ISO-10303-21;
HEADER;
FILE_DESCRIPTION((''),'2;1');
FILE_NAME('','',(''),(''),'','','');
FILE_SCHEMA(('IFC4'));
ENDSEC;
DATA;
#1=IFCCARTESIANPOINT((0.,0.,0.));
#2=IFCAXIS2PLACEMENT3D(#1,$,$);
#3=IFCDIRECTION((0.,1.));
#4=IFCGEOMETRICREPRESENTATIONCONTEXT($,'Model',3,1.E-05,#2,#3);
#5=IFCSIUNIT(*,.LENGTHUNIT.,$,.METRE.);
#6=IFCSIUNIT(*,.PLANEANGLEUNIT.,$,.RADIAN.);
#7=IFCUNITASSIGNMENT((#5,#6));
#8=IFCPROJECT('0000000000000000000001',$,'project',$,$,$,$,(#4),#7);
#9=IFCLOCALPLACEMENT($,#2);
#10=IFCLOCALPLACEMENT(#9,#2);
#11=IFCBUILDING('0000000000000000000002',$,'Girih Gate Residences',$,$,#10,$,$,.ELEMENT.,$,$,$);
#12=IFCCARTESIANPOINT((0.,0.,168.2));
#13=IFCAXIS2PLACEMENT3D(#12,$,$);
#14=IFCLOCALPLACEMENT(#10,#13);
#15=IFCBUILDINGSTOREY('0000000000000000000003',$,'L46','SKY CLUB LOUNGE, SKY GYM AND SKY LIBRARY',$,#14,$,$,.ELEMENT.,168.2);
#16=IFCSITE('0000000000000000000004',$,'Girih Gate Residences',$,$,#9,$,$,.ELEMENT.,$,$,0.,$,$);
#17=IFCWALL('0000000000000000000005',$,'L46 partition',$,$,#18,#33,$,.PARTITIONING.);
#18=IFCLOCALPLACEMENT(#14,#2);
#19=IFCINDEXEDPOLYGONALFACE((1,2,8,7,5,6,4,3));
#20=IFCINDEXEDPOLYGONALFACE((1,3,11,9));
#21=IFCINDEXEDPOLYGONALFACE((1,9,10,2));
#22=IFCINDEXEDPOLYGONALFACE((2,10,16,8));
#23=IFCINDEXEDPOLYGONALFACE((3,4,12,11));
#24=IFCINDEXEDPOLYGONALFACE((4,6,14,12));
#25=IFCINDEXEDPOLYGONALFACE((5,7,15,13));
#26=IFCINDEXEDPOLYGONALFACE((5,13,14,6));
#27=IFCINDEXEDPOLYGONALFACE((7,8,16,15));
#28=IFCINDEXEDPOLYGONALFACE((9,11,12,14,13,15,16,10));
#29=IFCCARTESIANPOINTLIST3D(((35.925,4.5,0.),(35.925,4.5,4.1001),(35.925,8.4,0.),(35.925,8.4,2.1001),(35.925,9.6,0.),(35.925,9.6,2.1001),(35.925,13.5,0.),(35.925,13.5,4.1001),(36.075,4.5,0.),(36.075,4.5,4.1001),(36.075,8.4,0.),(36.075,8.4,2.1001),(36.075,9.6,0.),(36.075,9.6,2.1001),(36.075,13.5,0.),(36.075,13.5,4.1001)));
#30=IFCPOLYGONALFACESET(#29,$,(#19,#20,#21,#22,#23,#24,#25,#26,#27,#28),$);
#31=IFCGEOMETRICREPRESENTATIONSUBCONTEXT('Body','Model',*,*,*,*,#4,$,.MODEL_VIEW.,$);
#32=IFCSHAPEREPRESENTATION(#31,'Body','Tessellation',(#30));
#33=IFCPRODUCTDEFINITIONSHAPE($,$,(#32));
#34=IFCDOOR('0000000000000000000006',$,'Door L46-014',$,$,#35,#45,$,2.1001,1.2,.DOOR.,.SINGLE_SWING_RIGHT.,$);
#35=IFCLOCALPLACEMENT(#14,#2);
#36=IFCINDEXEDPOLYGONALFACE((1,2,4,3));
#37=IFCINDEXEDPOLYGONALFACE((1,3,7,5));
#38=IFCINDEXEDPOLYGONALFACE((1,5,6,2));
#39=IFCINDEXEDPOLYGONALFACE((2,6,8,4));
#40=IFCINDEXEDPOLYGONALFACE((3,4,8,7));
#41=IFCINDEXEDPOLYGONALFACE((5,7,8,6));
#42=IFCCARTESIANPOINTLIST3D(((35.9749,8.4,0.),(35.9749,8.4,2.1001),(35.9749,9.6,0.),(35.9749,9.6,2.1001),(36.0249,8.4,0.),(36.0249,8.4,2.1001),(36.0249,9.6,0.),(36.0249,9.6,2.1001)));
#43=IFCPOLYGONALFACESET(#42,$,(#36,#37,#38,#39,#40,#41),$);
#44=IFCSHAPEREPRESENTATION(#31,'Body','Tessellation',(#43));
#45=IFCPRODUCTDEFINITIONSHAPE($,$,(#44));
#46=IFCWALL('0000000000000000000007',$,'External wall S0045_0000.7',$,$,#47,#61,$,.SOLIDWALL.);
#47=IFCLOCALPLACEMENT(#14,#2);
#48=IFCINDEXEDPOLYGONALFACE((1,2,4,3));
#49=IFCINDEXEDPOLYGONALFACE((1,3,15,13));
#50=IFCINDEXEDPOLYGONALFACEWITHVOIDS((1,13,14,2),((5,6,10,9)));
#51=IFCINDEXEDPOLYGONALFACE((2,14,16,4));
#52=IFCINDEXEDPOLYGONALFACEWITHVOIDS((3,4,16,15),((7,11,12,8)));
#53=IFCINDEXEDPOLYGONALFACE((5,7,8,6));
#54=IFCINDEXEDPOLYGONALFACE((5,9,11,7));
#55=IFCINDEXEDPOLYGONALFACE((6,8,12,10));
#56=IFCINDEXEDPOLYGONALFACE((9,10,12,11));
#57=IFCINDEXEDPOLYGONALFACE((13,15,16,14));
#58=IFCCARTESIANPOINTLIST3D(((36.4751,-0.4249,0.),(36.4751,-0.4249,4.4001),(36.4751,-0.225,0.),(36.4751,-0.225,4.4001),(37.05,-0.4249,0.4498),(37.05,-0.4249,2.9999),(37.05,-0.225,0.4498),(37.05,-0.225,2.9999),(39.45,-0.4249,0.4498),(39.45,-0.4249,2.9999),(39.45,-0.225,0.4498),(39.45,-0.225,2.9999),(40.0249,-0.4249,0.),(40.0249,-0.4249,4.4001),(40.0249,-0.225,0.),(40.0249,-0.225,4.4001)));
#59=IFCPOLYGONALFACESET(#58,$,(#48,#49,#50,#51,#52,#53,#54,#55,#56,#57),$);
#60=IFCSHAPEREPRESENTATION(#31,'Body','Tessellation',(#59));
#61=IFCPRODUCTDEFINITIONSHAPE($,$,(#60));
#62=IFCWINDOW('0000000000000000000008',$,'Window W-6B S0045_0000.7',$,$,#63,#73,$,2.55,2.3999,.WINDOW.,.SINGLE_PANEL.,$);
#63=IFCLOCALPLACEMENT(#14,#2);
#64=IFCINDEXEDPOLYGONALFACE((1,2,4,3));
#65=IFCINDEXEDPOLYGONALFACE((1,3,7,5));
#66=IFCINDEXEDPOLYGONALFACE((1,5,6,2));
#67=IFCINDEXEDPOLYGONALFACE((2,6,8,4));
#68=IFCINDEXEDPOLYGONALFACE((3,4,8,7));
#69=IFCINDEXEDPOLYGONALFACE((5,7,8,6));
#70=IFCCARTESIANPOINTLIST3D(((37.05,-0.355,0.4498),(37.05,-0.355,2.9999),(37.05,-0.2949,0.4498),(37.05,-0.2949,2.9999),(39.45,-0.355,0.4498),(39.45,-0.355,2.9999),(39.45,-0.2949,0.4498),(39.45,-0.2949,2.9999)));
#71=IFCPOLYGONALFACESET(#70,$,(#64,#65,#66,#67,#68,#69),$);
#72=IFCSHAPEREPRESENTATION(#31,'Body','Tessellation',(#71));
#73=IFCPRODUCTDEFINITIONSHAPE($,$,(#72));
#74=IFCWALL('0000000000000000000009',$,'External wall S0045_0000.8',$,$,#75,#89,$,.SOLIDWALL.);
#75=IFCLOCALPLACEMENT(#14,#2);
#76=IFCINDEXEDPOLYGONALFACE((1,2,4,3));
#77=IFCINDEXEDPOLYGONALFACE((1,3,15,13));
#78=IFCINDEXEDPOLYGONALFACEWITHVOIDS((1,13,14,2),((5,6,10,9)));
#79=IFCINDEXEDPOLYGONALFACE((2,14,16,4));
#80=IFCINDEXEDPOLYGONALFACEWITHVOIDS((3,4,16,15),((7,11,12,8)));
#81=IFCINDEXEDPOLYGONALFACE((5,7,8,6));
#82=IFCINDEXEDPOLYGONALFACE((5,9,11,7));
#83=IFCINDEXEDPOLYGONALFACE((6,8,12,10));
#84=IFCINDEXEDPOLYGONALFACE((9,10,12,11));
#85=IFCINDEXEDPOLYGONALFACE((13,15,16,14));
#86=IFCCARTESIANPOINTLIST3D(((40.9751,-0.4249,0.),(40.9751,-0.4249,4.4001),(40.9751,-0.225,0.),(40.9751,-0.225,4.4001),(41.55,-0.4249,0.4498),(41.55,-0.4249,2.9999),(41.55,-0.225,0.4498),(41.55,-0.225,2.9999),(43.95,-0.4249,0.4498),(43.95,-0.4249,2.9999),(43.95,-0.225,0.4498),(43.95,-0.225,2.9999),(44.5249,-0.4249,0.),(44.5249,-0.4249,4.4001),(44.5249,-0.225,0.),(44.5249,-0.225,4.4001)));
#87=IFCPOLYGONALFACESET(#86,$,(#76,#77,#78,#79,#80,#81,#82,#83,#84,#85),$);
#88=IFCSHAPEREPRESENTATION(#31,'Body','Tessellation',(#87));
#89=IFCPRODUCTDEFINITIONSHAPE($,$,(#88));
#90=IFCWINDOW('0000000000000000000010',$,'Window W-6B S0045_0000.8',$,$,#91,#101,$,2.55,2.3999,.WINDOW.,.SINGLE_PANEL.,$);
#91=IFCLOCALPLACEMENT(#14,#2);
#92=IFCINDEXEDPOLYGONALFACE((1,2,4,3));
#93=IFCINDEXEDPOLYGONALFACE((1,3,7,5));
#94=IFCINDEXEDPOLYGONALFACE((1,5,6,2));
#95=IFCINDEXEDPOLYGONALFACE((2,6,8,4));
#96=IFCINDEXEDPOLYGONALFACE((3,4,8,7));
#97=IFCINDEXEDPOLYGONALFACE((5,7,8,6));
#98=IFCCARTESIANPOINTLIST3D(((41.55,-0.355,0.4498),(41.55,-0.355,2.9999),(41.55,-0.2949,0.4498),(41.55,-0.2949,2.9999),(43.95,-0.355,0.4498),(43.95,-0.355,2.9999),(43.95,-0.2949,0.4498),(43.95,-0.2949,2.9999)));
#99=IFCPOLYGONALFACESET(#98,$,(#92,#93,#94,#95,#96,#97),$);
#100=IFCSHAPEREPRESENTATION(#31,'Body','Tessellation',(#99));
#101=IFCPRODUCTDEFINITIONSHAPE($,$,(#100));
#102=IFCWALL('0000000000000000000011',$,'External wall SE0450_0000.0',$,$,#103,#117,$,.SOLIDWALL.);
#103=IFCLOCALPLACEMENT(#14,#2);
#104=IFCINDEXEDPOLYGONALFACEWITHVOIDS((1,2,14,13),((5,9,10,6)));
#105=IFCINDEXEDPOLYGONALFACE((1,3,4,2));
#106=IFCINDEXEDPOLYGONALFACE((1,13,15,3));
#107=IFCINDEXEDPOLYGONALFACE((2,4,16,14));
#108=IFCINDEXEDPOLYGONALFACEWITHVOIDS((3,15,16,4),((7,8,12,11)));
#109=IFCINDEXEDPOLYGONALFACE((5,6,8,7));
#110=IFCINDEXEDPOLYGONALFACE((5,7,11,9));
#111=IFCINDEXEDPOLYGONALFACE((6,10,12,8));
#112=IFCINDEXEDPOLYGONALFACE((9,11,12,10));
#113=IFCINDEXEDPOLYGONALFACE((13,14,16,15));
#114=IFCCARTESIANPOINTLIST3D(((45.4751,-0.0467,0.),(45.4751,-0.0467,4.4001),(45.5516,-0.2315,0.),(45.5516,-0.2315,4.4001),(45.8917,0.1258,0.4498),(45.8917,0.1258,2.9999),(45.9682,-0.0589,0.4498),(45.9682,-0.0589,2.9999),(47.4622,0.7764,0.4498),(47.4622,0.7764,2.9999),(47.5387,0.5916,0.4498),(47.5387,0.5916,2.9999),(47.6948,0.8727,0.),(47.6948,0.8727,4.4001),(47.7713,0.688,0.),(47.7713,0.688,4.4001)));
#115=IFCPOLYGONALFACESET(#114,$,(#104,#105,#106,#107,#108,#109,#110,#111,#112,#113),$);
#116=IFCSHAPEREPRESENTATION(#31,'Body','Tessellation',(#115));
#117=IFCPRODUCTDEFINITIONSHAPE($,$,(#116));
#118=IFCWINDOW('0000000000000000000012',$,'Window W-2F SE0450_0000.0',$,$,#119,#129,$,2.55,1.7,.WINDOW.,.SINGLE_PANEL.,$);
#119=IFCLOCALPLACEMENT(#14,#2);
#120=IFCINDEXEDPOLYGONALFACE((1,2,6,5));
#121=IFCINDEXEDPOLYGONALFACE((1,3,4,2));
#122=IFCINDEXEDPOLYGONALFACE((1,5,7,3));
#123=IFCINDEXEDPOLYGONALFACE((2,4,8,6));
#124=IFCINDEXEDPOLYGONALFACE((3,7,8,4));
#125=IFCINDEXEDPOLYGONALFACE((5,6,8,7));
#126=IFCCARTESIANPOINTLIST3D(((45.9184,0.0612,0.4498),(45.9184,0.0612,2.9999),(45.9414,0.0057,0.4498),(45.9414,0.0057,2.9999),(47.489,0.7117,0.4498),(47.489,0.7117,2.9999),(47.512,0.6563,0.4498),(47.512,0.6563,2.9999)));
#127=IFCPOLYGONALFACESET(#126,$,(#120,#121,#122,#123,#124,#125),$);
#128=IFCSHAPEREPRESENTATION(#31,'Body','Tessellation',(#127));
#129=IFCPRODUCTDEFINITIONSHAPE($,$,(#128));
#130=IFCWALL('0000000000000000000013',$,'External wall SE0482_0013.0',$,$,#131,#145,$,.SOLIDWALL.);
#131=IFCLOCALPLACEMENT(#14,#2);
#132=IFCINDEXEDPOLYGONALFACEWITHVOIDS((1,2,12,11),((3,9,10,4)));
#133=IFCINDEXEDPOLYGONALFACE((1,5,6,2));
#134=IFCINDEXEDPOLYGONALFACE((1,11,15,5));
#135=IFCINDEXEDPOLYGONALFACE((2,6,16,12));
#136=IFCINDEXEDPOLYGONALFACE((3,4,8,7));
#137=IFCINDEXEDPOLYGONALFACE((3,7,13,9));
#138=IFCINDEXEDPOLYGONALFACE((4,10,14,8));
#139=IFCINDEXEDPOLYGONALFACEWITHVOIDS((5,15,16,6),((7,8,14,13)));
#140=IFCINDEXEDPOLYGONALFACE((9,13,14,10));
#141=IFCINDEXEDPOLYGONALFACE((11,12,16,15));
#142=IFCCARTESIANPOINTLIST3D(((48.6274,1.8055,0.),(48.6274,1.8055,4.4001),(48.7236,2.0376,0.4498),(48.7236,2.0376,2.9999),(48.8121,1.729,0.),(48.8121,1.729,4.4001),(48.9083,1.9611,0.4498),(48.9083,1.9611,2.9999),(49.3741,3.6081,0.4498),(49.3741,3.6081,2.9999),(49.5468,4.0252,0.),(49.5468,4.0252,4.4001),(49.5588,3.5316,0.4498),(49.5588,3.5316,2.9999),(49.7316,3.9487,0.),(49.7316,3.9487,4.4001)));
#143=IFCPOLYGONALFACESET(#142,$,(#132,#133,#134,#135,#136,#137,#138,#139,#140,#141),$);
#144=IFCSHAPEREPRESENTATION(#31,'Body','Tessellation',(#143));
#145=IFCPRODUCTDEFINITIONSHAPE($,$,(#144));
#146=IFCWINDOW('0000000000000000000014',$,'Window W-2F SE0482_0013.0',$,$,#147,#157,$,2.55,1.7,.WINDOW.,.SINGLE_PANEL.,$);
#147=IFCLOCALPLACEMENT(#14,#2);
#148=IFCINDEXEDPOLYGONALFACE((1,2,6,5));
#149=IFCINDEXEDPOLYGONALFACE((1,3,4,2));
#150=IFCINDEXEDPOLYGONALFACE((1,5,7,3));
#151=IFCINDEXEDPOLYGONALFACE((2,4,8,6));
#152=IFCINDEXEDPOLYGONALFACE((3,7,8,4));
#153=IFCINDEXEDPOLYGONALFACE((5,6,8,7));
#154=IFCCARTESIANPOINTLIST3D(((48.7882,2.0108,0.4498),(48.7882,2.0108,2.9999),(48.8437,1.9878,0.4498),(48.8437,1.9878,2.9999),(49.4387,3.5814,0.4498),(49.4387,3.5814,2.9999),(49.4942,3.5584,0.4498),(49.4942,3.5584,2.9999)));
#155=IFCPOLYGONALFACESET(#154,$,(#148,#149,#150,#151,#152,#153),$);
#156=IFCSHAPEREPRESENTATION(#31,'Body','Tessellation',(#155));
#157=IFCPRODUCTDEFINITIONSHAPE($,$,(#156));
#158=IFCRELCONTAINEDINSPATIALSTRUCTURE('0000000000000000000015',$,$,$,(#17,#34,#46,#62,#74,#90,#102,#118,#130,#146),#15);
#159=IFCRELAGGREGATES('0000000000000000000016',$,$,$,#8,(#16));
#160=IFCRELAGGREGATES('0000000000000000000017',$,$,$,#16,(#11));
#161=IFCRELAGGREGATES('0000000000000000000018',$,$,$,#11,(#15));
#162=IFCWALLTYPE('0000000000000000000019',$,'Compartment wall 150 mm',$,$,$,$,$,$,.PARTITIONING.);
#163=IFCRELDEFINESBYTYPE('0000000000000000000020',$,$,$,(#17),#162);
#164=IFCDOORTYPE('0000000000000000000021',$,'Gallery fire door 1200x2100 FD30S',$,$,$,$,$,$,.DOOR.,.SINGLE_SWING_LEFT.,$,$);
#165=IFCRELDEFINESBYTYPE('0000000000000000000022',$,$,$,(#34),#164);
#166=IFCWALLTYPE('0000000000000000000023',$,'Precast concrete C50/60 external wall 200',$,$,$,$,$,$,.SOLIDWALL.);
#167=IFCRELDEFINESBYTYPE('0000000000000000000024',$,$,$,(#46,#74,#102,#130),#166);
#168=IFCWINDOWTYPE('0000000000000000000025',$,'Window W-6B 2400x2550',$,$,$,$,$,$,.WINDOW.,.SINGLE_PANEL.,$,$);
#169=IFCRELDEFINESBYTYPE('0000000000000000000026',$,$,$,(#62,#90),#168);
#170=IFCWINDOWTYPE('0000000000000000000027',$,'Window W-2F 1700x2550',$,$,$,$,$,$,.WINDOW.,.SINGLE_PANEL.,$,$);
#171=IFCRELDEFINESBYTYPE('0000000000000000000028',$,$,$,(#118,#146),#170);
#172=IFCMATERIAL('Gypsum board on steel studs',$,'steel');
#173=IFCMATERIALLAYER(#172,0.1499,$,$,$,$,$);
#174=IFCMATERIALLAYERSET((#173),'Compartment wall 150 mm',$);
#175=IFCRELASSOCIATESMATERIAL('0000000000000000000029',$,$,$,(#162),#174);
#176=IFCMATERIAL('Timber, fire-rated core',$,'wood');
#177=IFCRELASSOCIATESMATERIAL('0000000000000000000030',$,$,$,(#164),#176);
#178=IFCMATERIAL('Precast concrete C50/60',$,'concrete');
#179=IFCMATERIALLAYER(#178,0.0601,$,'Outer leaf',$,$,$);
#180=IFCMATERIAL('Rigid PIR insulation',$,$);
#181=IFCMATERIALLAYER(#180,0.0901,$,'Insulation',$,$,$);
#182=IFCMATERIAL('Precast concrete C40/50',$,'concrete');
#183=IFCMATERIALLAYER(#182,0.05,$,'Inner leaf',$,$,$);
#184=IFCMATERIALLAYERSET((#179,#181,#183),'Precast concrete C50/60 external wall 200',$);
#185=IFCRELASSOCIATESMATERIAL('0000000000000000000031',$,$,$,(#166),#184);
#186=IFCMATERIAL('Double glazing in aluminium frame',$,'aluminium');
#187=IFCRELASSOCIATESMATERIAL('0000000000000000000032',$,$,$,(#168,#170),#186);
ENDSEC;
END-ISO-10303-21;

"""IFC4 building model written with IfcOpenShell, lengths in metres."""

from ifc_helpers import new_model, si_unit, direction, frame, frame_2d, origin, place, context, subcontext, project, spatial, rectangle, extrude, material, layer, layer_set, type_object, element, fill, save


model = new_model("IFC4")

# Units and contexts
model_context = context("Model", 3, precision=1e-05, world=origin(), true_north=direction((0.0, 1.0)))
body_context = subcontext(model_context, "Body", "Model", "MODEL_VIEW")
ifc_project = project(units=[si_unit("LENGTHUNIT", "METRE"), si_unit("PLANEANGLEUNIT", "RADIAN")], contexts=[model_context])

# Site, building, storey
site_placement = place(None, origin())
site = spatial("IfcSite", under=ifc_project, at=site_placement, Name="Girih Gate Residences", CompositionType="ELEMENT", RefElevation=0.0)
building_placement = place(site_placement, origin())
building = spatial("IfcBuilding", under=site, at=building_placement, Name="Girih Gate Residences", CompositionType="ELEMENT")
storey_placement = place(building_placement, frame((0.0, 0.0, 168.2)))
storey = spatial("IfcBuildingStorey", under=building, at=storey_placement, Name="L46", Description="SKY CLUB LOUNGE, SKY GYM AND SKY LIBRARY", CompositionType="ELEMENT", Elevation=168.2)

# Shared definitions
ifc_material_1 = material(Name="Gypsum board on steel studs", Category="steel")
ifc_layer_1 = layer(ifc_material_1, 0.1499)
ifc_layer_set_1 = layer_set([ifc_layer_1], Name="Compartment wall 150 mm")
wall_type_1 = type_object("IfcWallType", Name="Compartment wall 150 mm", PredefinedType="PARTITIONING", material=ifc_layer_set_1)

# Wall, opening, door
wall_1_placement = place(storey_placement, frame((36.0, 13.5, 0.0), z_axis=(0.0, 0.0, 1.0), x_axis=(0.0, -1.0, 0.0)))
wall_1 = element("IfcWall", 1, at=wall_1_placement, inside=storey, type_object=wall_type_1, Name="L46 partition", PredefinedType="PARTITIONING", context=body_context, shape_type="SweptSolid", body=[
    extrude(rectangle(XDim=9.0, YDim=0.1499, at=frame_2d((4.5, 0.0))), origin(), (0.0, 0.0, 1.0), 4.1001),
])
opening_1_placement = place(wall_1_placement, frame((3.8999, 0.0, 0.0)))
opening_1 = element("IfcOpeningElement", 2, at=opening_1_placement, cuts=wall_1, PredefinedType="OPENING", context=body_context, shape_type="SweptSolid", body=[
    extrude(rectangle(XDim=1.2, YDim=2.1001, at=frame_2d((0.6001, 1.05))), frame((0.0, 0.085, 0.0), z_axis=(0.0, -1.0, 0.0), x_axis=(1.0, 0.0, 0.0)), (0.0, 0.0, 1.0), 0.1699),
])
ifc_material_2 = material(Name="Timber, fire-rated core", Category="wood")
door_type_1 = type_object("IfcDoorType", Name="Gallery fire door 1200x2100 FD30S", OperationType="SINGLE_SWING_LEFT", PredefinedType="DOOR", material=ifc_material_2)
door_1_placement = place(opening_1_placement, origin())
door_1 = element("IfcDoor", 3, at=door_1_placement, inside=storey, type_object=door_type_1, Name="Door L46-014", OperationType="SINGLE_SWING_RIGHT", OverallHeight=2.1001, OverallWidth=1.2, PredefinedType="DOOR", context=body_context, shape_type="SweptSolid", body=[
    extrude(rectangle(XDim=1.2, YDim=2.1001, at=frame_2d((0.6001, 1.05))), frame((0.0, 0.0249, 0.0), z_axis=(0.0, -1.0, 0.0), x_axis=(1.0, 0.0, 0.0)), (0.0, 0.0, 1.0), 0.05),
])
fill(opening_1, door_1)

# Walls, openings, windows
ifc_material_3 = material(Name="Precast concrete C50/60", Category="concrete")
ifc_layer_2 = layer(ifc_material_3, 0.0601, Name="Outer leaf")
ifc_material_4 = material(Name="Rigid PIR insulation")
ifc_layer_3 = layer(ifc_material_4, 0.0901, Name="Insulation")
ifc_material_5 = material(Name="Precast concrete C40/50", Category="concrete")
ifc_layer_4 = layer(ifc_material_5, 0.05, Name="Inner leaf")
ifc_layer_set_2 = layer_set([ifc_layer_2, ifc_layer_3, ifc_layer_4], Name="Precast concrete C50/60 external wall 200")
wall_type_2 = type_object("IfcWallType", Name="Precast concrete C50/60 external wall 200", PredefinedType="SOLIDWALL", material=ifc_layer_set_2)
wall_2_placement = place(storey_placement, frame((40.0249, -0.325, 0.0), z_axis=(0.0, 0.0, 1.0), x_axis=(-1.0, 0.0, 0.0)))
wall_2 = element("IfcWall", 4, at=wall_2_placement, inside=storey, type_object=wall_type_2, Name="External wall S0045_0000.7", PredefinedType="SOLIDWALL", context=body_context, shape_type="SweptSolid", body=[
    extrude(rectangle(XDim=3.5498, YDim=0.2, at=frame_2d((1.7749, 0.0))), origin(), (0.0, 0.0, 1.0), 4.4001),
])
opening_2_placement = place(wall_2_placement, frame((0.575, 0.0, 0.45)))
opening_2 = element("IfcOpeningElement", 5, at=opening_2_placement, cuts=wall_2, PredefinedType="OPENING", context=body_context, shape_type="SweptSolid", body=[
    extrude(rectangle(XDim=2.3999, YDim=2.55, at=frame_2d((1.2, 1.2749))), frame((0.0, 0.1099, 0.0), z_axis=(0.0, -1.0, 0.0), x_axis=(1.0, 0.0, 0.0)), (0.0, 0.0, 1.0), 0.22),
])
ifc_material_6 = material(Name="Double glazing in aluminium frame", Category="aluminium")
window_type_1 = type_object("IfcWindowType", Name="Window W-6B 2400x2550", PartitioningType="SINGLE_PANEL", PredefinedType="WINDOW", material=ifc_material_6)
window_1_placement = place(opening_2_placement, origin())
window_1 = element("IfcWindow", 6, at=window_1_placement, inside=storey, type_object=window_type_1, Name="Window W-6B S0045_0000.7", OverallHeight=2.55, OverallWidth=2.3999, PartitioningType="SINGLE_PANEL", PredefinedType="WINDOW", context=body_context, shape_type="SweptSolid", body=[
    extrude(rectangle(XDim=2.3999, YDim=2.55, at=frame_2d((1.2, 1.2749))), frame((0.0, 0.03, 0.0), z_axis=(0.0, -1.0, 0.0), x_axis=(1.0, 0.0, 0.0)), (0.0, 0.0, 1.0), 0.0601),
])
fill(opening_2, window_1)
wall_3_placement = place(storey_placement, frame((44.5249, -0.325, 0.0), z_axis=(0.0, 0.0, 1.0), x_axis=(-1.0, 0.0, 0.0)))
wall_3 = element("IfcWall", 7, at=wall_3_placement, inside=storey, type_object=wall_type_2, Name="External wall S0045_0000.8", PredefinedType="SOLIDWALL", context=body_context, shape_type="SweptSolid", body=[
    extrude(rectangle(XDim=3.5498, YDim=0.2, at=frame_2d((1.7749, 0.0))), origin(), (0.0, 0.0, 1.0), 4.4001),
])
opening_3_placement = place(wall_3_placement, frame((0.575, 0.0, 0.45)))
opening_3 = element("IfcOpeningElement", 8, at=opening_3_placement, cuts=wall_3, PredefinedType="OPENING", context=body_context, shape_type="SweptSolid", body=[
    extrude(rectangle(XDim=2.3999, YDim=2.55, at=frame_2d((1.2, 1.2749))), frame((0.0, 0.1099, 0.0), z_axis=(0.0, -1.0, 0.0), x_axis=(1.0, 0.0, 0.0)), (0.0, 0.0, 1.0), 0.22),
])
window_2_placement = place(opening_3_placement, origin())
window_2 = element("IfcWindow", 9, at=window_2_placement, inside=storey, type_object=window_type_1, Name="Window W-6B S0045_0000.8", OverallHeight=2.55, OverallWidth=2.3999, PartitioningType="SINGLE_PANEL", PredefinedType="WINDOW", context=body_context, shape_type="SweptSolid", body=[
    extrude(rectangle(XDim=2.3999, YDim=2.55, at=frame_2d((1.2, 1.2749))), frame((0.0, 0.03, 0.0), z_axis=(0.0, -1.0, 0.0), x_axis=(1.0, 0.0, 0.0)), (0.0, 0.0, 1.0), 0.0601),
])
fill(opening_3, window_2)
wall_4_placement = place(storey_placement, frame((47.7329, 0.7803, 0.0), z_axis=(0.0, 0.0, 1.0), x_axis=(-0.923881, -0.382681, 0.0)))
wall_4 = element("IfcWall", 10, at=wall_4_placement, inside=storey, type_object=wall_type_2, Name="External wall SE0450_0000.0", PredefinedType="SOLIDWALL", context=body_context, shape_type="SweptSolid", body=[
    extrude(rectangle(XDim=2.4026, YDim=0.2, at=frame_2d((1.2012, 0.0))), origin(), (0.0, 0.0, 1.0), 4.4001),
])
opening_4_placement = place(wall_4_placement, frame((0.2515, 0.0, 0.45)))
opening_4 = element("IfcOpeningElement", 11, at=opening_4_placement, cuts=wall_4, PredefinedType="OPENING", context=body_context, shape_type="SweptSolid", body=[
    extrude(rectangle(XDim=1.7, YDim=2.55, at=frame_2d((0.8501, 1.2749))), frame((0.0, 0.1099, 0.0), z_axis=(0.0, -1.0, 0.0), x_axis=(1.0, 0.0, 0.0)), (0.0, 0.0, 1.0), 0.22),
])
window_type_2 = type_object("IfcWindowType", Name="Window W-2F 1700x2550", PartitioningType="SINGLE_PANEL", PredefinedType="WINDOW", material=ifc_material_6)
window_3_placement = place(opening_4_placement, origin())
window_3 = element("IfcWindow", 12, at=window_3_placement, inside=storey, type_object=window_type_2, Name="Window W-2F SE0450_0000.0", OverallHeight=2.55, OverallWidth=1.7, PartitioningType="SINGLE_PANEL", PredefinedType="WINDOW", context=body_context, shape_type="SweptSolid", body=[
    extrude(rectangle(XDim=1.7, YDim=2.55, at=frame_2d((0.8501, 1.2749))), frame((0.0, 0.03, 0.0), z_axis=(0.0, -1.0, 0.0), x_axis=(1.0, 0.0, 0.0)), (0.0, 0.0, 1.0), 0.0601),
])
fill(opening_4, window_3)
wall_5_placement = place(storey_placement, frame((49.6392, 3.9868, 0.0), z_axis=(0.0, 0.0, 1.0), x_axis=(-0.382681, -0.923881, 0.0)))
wall_5 = element("IfcWall", 13, at=wall_5_placement, inside=storey, type_object=wall_type_2, Name="External wall SE0482_0013.0", PredefinedType="SOLIDWALL", context=body_context, shape_type="SweptSolid", body=[
    extrude(rectangle(XDim=2.4026, YDim=0.2, at=frame_2d((1.2012, 0.0))), origin(), (0.0, 0.0, 1.0), 4.4001),
])
opening_5_placement = place(wall_5_placement, frame((0.4512, 0.0, 0.45)))
opening_5 = element("IfcOpeningElement", 14, at=opening_5_placement, cuts=wall_5, PredefinedType="OPENING", context=body_context, shape_type="SweptSolid", body=[
    extrude(rectangle(XDim=1.7, YDim=2.55, at=frame_2d((0.8501, 1.2749))), frame((0.0, 0.1099, 0.0), z_axis=(0.0, -1.0, 0.0), x_axis=(1.0, 0.0, 0.0)), (0.0, 0.0, 1.0), 0.22),
])
window_4_placement = place(opening_5_placement, origin())
window_4 = element("IfcWindow", 15, at=window_4_placement, inside=storey, type_object=window_type_2, Name="Window W-2F SE0482_0013.0", OverallHeight=2.55, OverallWidth=1.7, PartitioningType="SINGLE_PANEL", PredefinedType="WINDOW", context=body_context, shape_type="SweptSolid", body=[
    extrude(rectangle(XDim=1.7, YDim=2.55, at=frame_2d((0.8501, 1.2749))), frame((0.0, 0.03, 0.0), z_axis=(0.0, -1.0, 0.0), x_axis=(1.0, 0.0, 0.0)), (0.0, 0.0, 1.0), 0.0601),
])
fill(opening_5, window_4)

save(model, "model.ifc")
